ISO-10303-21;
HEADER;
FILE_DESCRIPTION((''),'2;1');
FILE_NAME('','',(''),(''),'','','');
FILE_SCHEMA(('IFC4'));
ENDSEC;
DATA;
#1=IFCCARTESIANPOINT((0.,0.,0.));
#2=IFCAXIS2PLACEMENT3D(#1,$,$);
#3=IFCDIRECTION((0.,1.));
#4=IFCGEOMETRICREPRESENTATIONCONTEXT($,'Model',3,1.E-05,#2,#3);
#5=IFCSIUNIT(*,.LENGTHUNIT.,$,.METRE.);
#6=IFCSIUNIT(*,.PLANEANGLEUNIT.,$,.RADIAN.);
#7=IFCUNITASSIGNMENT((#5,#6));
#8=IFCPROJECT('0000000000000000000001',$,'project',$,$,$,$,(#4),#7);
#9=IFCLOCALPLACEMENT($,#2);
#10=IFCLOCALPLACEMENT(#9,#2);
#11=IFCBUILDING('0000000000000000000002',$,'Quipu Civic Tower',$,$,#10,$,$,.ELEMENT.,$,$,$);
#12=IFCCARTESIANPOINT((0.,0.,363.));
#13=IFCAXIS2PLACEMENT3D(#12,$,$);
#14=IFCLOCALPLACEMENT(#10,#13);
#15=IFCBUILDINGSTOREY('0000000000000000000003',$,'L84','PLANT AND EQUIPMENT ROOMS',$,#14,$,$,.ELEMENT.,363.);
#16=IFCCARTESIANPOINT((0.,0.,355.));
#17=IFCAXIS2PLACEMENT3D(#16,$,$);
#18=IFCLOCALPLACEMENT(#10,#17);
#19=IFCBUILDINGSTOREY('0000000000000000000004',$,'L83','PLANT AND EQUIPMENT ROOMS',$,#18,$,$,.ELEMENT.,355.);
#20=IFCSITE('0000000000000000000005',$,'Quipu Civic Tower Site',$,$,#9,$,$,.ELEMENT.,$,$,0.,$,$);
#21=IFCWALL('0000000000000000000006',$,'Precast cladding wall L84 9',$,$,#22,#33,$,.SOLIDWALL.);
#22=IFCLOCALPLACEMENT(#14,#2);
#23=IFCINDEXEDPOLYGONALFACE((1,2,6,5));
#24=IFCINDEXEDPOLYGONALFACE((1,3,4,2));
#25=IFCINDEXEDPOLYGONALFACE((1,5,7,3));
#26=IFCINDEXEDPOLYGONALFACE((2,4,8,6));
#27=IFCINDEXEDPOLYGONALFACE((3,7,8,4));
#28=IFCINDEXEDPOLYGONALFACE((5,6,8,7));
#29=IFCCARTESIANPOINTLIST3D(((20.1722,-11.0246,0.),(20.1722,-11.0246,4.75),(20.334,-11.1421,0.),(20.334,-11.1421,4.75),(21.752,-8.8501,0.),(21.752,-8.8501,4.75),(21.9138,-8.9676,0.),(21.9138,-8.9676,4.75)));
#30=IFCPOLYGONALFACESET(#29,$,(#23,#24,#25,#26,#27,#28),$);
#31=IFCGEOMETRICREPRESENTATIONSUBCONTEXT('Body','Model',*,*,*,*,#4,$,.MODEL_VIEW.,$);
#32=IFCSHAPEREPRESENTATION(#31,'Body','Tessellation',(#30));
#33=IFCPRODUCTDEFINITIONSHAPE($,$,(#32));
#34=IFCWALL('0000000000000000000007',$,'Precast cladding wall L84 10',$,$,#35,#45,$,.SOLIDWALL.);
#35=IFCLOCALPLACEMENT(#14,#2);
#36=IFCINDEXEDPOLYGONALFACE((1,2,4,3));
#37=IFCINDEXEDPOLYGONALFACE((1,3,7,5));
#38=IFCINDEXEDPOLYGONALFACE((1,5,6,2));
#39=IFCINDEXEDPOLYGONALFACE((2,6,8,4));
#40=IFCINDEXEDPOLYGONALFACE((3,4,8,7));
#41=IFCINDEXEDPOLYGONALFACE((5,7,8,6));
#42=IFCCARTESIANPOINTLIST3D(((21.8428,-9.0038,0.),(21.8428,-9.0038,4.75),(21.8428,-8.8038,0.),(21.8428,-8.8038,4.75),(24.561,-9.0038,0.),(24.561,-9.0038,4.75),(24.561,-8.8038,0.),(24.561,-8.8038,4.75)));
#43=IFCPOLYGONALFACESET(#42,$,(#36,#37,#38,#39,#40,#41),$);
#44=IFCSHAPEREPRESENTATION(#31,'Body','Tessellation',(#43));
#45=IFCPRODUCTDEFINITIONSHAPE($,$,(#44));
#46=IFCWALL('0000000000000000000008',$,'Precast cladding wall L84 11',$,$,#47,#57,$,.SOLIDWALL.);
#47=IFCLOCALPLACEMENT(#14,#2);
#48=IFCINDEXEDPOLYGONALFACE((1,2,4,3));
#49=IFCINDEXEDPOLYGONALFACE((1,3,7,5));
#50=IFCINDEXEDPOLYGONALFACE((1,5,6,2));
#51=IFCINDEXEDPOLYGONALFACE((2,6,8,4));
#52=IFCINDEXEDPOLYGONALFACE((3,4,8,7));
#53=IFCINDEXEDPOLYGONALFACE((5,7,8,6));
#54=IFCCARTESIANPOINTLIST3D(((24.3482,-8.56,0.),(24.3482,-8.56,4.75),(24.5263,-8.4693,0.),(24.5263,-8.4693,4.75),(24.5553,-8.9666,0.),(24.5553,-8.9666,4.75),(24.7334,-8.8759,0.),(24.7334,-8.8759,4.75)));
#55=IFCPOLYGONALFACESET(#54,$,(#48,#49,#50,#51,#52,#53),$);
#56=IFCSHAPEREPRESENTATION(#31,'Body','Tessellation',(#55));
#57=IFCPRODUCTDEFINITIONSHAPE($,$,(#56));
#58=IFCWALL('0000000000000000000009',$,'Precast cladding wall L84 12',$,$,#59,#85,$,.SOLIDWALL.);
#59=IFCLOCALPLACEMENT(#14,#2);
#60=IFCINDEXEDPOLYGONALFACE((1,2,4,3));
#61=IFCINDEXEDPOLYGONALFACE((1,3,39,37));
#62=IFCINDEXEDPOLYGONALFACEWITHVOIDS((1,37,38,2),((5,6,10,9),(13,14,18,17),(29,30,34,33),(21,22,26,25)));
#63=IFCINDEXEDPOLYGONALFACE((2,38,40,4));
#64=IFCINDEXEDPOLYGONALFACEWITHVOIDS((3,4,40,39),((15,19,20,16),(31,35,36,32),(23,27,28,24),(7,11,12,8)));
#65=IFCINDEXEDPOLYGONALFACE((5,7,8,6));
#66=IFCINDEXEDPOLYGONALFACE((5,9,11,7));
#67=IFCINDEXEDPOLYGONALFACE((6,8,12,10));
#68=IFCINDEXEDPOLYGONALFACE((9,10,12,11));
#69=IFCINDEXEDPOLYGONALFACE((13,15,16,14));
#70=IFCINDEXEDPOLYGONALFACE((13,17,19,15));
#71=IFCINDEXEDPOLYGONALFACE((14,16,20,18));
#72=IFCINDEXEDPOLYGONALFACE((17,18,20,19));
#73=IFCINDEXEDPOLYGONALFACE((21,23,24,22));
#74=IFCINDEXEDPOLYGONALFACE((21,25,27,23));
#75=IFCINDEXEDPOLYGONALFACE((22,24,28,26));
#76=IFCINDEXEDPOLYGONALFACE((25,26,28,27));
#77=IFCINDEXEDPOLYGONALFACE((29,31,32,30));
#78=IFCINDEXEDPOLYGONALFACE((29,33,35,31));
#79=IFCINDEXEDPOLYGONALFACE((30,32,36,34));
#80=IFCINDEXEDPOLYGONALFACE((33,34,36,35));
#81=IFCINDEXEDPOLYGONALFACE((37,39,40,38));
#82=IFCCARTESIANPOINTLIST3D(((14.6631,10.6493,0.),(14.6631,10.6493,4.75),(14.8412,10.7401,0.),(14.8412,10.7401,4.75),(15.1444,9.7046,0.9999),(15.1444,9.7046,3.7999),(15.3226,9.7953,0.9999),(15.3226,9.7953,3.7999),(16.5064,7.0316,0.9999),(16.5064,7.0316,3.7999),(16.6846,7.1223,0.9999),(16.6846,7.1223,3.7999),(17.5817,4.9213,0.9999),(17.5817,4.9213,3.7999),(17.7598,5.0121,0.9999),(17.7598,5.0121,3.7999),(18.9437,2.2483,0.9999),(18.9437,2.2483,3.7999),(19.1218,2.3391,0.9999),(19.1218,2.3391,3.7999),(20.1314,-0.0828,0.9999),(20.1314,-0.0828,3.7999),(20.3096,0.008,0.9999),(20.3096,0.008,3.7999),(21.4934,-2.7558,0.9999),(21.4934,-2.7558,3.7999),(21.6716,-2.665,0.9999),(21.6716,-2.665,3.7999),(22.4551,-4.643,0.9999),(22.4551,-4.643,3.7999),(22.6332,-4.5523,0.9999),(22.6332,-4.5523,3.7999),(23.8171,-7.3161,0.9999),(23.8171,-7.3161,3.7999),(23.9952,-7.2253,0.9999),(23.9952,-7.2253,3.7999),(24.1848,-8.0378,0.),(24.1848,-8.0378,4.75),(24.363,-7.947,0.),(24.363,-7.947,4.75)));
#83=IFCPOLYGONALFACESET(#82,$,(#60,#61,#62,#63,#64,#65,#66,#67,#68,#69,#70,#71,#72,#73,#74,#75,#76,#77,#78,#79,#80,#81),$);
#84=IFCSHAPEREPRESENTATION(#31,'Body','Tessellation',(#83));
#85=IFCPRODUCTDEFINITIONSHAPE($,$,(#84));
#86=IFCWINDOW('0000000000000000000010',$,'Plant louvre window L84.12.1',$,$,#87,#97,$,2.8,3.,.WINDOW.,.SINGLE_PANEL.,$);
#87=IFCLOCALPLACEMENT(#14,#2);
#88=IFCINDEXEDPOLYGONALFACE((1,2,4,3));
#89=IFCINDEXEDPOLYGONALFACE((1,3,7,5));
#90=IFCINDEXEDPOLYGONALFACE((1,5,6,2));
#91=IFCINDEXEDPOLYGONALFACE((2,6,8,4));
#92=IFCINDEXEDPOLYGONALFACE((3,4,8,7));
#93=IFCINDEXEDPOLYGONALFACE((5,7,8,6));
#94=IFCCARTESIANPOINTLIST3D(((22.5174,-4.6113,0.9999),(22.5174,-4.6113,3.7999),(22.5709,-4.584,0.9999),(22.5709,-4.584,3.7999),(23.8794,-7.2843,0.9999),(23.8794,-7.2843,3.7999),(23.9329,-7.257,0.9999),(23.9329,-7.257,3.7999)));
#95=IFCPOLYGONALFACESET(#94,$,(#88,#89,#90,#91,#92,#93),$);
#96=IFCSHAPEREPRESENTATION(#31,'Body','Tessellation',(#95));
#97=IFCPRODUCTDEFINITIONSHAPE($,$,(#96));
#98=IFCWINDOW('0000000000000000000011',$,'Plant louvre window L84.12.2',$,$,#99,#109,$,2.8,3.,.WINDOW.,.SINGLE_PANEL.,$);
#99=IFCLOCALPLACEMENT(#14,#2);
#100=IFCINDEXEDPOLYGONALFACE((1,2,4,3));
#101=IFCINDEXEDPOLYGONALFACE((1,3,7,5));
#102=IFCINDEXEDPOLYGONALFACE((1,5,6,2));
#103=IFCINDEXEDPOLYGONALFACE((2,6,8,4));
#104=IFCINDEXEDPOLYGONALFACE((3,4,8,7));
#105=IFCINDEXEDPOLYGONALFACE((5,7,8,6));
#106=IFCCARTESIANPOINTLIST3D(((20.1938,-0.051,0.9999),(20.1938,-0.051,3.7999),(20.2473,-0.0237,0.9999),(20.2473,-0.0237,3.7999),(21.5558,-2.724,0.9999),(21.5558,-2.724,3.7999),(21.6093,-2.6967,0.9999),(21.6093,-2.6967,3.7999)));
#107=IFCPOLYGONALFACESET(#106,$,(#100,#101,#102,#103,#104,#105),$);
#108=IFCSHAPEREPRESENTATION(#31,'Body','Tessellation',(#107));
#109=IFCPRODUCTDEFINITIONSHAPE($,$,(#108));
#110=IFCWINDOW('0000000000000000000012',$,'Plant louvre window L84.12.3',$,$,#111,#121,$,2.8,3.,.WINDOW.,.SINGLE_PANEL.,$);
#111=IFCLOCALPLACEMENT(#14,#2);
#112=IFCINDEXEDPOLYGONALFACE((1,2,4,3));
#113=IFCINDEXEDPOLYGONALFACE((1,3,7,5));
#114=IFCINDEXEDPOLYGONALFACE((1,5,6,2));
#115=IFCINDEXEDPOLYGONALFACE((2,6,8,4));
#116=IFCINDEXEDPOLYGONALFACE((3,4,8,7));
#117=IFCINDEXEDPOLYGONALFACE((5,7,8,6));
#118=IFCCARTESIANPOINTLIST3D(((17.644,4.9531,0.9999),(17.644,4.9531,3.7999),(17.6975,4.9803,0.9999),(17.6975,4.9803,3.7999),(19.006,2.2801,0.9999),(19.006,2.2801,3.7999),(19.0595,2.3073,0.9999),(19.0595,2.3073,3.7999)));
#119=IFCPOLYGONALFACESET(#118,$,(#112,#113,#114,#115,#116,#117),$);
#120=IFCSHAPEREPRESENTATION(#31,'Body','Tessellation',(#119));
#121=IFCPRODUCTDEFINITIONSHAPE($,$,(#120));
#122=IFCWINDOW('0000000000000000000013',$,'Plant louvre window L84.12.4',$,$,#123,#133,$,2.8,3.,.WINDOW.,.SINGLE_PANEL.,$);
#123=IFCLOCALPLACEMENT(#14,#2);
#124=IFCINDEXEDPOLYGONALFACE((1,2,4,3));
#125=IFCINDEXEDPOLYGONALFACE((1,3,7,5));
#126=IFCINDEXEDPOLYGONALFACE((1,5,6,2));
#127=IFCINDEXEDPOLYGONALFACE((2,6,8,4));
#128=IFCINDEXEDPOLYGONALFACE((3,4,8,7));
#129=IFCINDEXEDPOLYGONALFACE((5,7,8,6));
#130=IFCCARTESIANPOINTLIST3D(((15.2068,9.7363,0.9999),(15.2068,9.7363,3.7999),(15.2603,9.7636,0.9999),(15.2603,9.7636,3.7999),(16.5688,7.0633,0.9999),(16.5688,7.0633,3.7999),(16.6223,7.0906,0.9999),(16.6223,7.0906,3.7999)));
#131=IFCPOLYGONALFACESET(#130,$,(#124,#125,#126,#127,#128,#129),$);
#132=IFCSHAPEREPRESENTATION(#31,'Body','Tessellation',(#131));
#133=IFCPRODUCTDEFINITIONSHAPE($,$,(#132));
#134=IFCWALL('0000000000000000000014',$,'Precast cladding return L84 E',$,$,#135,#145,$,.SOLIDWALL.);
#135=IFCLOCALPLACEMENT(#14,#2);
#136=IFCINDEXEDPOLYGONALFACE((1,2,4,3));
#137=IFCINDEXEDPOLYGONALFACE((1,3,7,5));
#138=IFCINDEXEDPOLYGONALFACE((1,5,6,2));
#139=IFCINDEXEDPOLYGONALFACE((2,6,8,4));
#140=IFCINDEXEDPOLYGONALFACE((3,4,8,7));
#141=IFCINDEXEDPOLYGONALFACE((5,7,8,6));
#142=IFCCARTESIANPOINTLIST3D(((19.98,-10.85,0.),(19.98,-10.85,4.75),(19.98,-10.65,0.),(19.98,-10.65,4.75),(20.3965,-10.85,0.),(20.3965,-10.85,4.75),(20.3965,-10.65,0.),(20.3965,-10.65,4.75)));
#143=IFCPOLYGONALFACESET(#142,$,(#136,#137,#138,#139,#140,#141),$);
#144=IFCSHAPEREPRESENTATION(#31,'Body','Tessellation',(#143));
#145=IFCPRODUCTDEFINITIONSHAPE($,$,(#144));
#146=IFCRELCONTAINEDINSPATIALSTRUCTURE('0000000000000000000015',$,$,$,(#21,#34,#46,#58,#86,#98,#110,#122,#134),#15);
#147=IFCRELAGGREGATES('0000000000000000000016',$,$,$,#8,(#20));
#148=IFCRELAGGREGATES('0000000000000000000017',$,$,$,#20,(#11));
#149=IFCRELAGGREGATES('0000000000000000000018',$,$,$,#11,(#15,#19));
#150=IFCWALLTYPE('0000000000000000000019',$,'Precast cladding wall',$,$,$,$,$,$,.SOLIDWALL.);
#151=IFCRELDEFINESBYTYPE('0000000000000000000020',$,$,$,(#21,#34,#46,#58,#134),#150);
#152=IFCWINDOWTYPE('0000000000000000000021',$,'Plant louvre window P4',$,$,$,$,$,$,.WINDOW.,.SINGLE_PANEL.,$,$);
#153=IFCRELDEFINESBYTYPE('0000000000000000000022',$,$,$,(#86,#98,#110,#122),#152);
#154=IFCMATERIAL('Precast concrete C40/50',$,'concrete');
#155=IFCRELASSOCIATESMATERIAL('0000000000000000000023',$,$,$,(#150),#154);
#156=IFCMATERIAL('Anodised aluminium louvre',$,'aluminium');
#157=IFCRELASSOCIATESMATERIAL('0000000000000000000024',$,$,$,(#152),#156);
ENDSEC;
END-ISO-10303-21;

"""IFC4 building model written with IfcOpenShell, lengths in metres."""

from ifc_helpers import new_model, si_unit, direction, frame, frame_2d, origin, place, context, subcontext, project, spatial, rectangle, extrude, material, type_object, element, fill, save


model = new_model("IFC4")

# Units and contexts
model_context = context("Model", 3, precision=1e-05, world=origin(), true_north=direction((0.0, 1.0)))
body_context = subcontext(model_context, "Body", "Model", "MODEL_VIEW")
ifc_project = project(units=[si_unit("LENGTHUNIT", "METRE"), si_unit("PLANEANGLEUNIT", "RADIAN")], contexts=[model_context])

# Site, building, storey
site_placement = place(None, origin())
site = spatial("IfcSite", under=ifc_project, at=site_placement, Name="Quipu Civic Tower Site", CompositionType="ELEMENT", RefElevation=0.0)
building_placement = place(site_placement, origin())
building = spatial("IfcBuilding", under=site, at=building_placement, Name="Quipu Civic Tower", CompositionType="ELEMENT")
storey_1_placement = place(building_placement, frame((0.0, 0.0, 363.0)))
storey_1 = spatial("IfcBuildingStorey", under=building, at=storey_1_placement, Name="L84", Description="PLANT AND EQUIPMENT ROOMS", CompositionType="ELEMENT", Elevation=363.0)

# Shared definitions
storey_2_placement = place(building_placement, frame((0.0, 0.0, 355.0)))
storey_2 = spatial("IfcBuildingStorey", under=building, at=storey_2_placement, Name="L83", Description="PLANT AND EQUIPMENT ROOMS", CompositionType="ELEMENT", Elevation=355.0)

# Walls
ifc_material_1 = material(Name="Precast concrete C40/50", Category="concrete")
wall_type_1 = type_object("IfcWallType", Name="Precast cladding wall", PredefinedType="SOLIDWALL", material=ifc_material_1)
wall_1_placement = place(storey_1_placement, frame((20.2532, -11.0833, 0.0), z_axis=(0.0, 0.0, 1.0), x_axis=(0.587767, 0.809031, 0.0)))
element("IfcWall", 1, at=wall_1_placement, inside=storey_1, type_object=wall_type_1, Name="Precast cladding wall L84 9", PredefinedType="SOLIDWALL", context=body_context, shape_type="SweptSolid", body=[
    extrude(rectangle(XDim=2.6877, YDim=0.2, at=frame_2d((1.3438, 0.0))), origin(), (0.0, 0.0, 1.0), 4.75),
])
wall_2_placement = place(storey_1_placement, frame((21.8428, -8.9038, 0.0), z_axis=(0.0, 0.0, 1.0), x_axis=(1.0, 0.0, 0.0)))
element("IfcWall", 2, at=wall_2_placement, inside=storey_1, type_object=wall_type_1, Name="Precast cladding wall L84 10", PredefinedType="SOLIDWALL", context=body_context, shape_type="SweptSolid", body=[
    extrude(rectangle(XDim=2.7183, YDim=0.2, at=frame_2d((1.3591, 0.0))), origin(), (0.0, 0.0, 1.0), 4.75),
])
wall_3_placement = place(storey_1_placement, frame((24.6443, -8.9211, 0.0), z_axis=(0.0, 0.0, 1.0), x_axis=(-0.453838, 0.891084, 0.0)))
element("IfcWall", 3, at=wall_3_placement, inside=storey_1, type_object=wall_type_1, Name="Precast cladding wall L84 11", PredefinedType="SOLIDWALL", context=body_context, shape_type="SweptSolid", body=[
    extrude(rectangle(XDim=0.4563, YDim=0.2, at=frame_2d((0.228, 0.0))), origin(), (0.0, 0.0, 1.0), 4.75),
])

# Wall, openings, windows
wall_4_placement = place(storey_1_placement, frame((24.2739, -7.9924, 0.0), z_axis=(0.0, 0.0, 1.0), x_axis=(-0.453999, 0.891002, 0.0)))
wall_4 = element("IfcWall", 4, at=wall_4_placement, inside=storey_1, type_object=wall_type_1, Name="Precast cladding wall L84 12", PredefinedType="SOLIDWALL", context=body_context, shape_type="SweptSolid", body=[
    extrude(rectangle(XDim=20.9731, YDim=0.2, at=frame_2d((10.4866, 0.0))), origin(), (0.0, 0.0, 1.0), 4.75),
])
opening_1_placement = place(wall_4_placement, frame((0.8101, 0.0, 1.0)))
opening_1 = element("IfcOpeningElement", 5, at=opening_1_placement, cuts=wall_4, PredefinedType="OPENING", context=body_context, shape_type="SweptSolid", body=[
    extrude(rectangle(XDim=3.0, YDim=2.8, at=frame_2d((1.5, 1.3999))), frame((0.0, 0.1099, 0.0), z_axis=(0.0, -1.0, 0.0), x_axis=(1.0, 0.0, 0.0)), (0.0, 0.0, 1.0), 0.22),
])
opening_2_placement = place(wall_4_placement, frame((5.9282, 0.0, 1.0)))
opening_2 = element("IfcOpeningElement", 6, at=opening_2_placement, cuts=wall_4, PredefinedType="OPENING", context=body_context, shape_type="SweptSolid", body=[
    extrude(rectangle(XDim=3.0, YDim=2.8, at=frame_2d((1.5, 1.3999))), frame((0.0, 0.1099, 0.0), z_axis=(0.0, -1.0, 0.0), x_axis=(1.0, 0.0, 0.0)), (0.0, 0.0, 1.0), 0.22),
])
opening_3_placement = place(wall_4_placement, frame((11.5444, 0.0, 1.0)))
opening_3 = element("IfcOpeningElement", 7, at=opening_3_placement, cuts=wall_4, PredefinedType="OPENING", context=body_context, shape_type="SweptSolid", body=[
    extrude(rectangle(XDim=3.0, YDim=2.8, at=frame_2d((1.5, 1.3999))), frame((0.0, 0.1099, 0.0), z_axis=(0.0, -1.0, 0.0), x_axis=(1.0, 0.0, 0.0)), (0.0, 0.0, 1.0), 0.22),
])
opening_4_placement = place(wall_4_placement, frame((16.9128, 0.0, 1.0)))
opening_4 = element("IfcOpeningElement", 8, at=opening_4_placement, cuts=wall_4, PredefinedType="OPENING", context=body_context, shape_type="SweptSolid", body=[
    extrude(rectangle(XDim=3.0, YDim=2.8, at=frame_2d((1.5, 1.3999))), frame((0.0, 0.1099, 0.0), z_axis=(0.0, -1.0, 0.0), x_axis=(1.0, 0.0, 0.0)), (0.0, 0.0, 1.0), 0.22),
])
ifc_material_2 = material(Name="Anodised aluminium louvre", Category="aluminium")
window_type = type_object("IfcWindowType", Name="Plant louvre window P4", PartitioningType="SINGLE_PANEL", PredefinedType="WINDOW", material=ifc_material_2)
window_1_placement = place(opening_1_placement, origin())
window_1 = element("IfcWindow", 9, at=window_1_placement, inside=storey_1, type_object=window_type, Name="Plant louvre window L84.12.1", OverallHeight=2.8, OverallWidth=3.0, PartitioningType="SINGLE_PANEL", PredefinedType="WINDOW", context=body_context, shape_type="SweptSolid", body=[
    extrude(rectangle(XDim=3.0, YDim=2.8, at=frame_2d((1.5, 1.3999))), frame((0.0, 0.03, 0.0), z_axis=(0.0, -1.0, 0.0), x_axis=(1.0, 0.0, 0.0)), (0.0, 0.0, 1.0), 0.0601),
])
fill(opening_1, window_1)
window_2_placement = place(opening_2_placement, origin())
window_2 = element("IfcWindow", 10, at=window_2_placement, inside=storey_1, type_object=window_type, Name="Plant louvre window L84.12.2", OverallHeight=2.8, OverallWidth=3.0, PartitioningType="SINGLE_PANEL", PredefinedType="WINDOW", context=body_context, shape_type="SweptSolid", body=[
    extrude(rectangle(XDim=3.0, YDim=2.8, at=frame_2d((1.5, 1.3999))), frame((0.0, 0.03, 0.0), z_axis=(0.0, -1.0, 0.0), x_axis=(1.0, 0.0, 0.0)), (0.0, 0.0, 1.0), 0.0601),
])
fill(opening_2, window_2)
window_3_placement = place(opening_3_placement, origin())
window_3 = element("IfcWindow", 11, at=window_3_placement, inside=storey_1, type_object=window_type, Name="Plant louvre window L84.12.3", OverallHeight=2.8, OverallWidth=3.0, PartitioningType="SINGLE_PANEL", PredefinedType="WINDOW", context=body_context, shape_type="SweptSolid", body=[
    extrude(rectangle(XDim=3.0, YDim=2.8, at=frame_2d((1.5, 1.3999))), frame((0.0, 0.03, 0.0), z_axis=(0.0, -1.0, 0.0), x_axis=(1.0, 0.0, 0.0)), (0.0, 0.0, 1.0), 0.0601),
])
fill(opening_3, window_3)
window_4_placement = place(opening_4_placement, origin())
window_4 = element("IfcWindow", 12, at=window_4_placement, inside=storey_1, type_object=window_type, Name="Plant louvre window L84.12.4", OverallHeight=2.8, OverallWidth=3.0, PartitioningType="SINGLE_PANEL", PredefinedType="WINDOW", context=body_context, shape_type="SweptSolid", body=[
    extrude(rectangle(XDim=3.0, YDim=2.8, at=frame_2d((1.5, 1.3999))), frame((0.0, 0.03, 0.0), z_axis=(0.0, -1.0, 0.0), x_axis=(1.0, 0.0, 0.0)), (0.0, 0.0, 1.0), 0.0601),
])
fill(opening_4, window_4)

# Wall
wall_5_placement = place(storey_1_placement, frame((19.98, -10.75, 0.0), z_axis=(0.0, 0.0, 1.0), x_axis=(1.0, 0.0, 0.0)))
element("IfcWall", 13, at=wall_5_placement, inside=storey_1, type_object=wall_type_1, Name="Precast cladding return L84 E", PredefinedType="SOLIDWALL", context=body_context, shape_type="SweptSolid", body=[
    extrude(rectangle(XDim=0.4165, YDim=0.2, at=frame_2d((0.2083, 0.0))), origin(), (0.0, 0.0, 1.0), 4.75),
])

save(model, "model.ifc")
